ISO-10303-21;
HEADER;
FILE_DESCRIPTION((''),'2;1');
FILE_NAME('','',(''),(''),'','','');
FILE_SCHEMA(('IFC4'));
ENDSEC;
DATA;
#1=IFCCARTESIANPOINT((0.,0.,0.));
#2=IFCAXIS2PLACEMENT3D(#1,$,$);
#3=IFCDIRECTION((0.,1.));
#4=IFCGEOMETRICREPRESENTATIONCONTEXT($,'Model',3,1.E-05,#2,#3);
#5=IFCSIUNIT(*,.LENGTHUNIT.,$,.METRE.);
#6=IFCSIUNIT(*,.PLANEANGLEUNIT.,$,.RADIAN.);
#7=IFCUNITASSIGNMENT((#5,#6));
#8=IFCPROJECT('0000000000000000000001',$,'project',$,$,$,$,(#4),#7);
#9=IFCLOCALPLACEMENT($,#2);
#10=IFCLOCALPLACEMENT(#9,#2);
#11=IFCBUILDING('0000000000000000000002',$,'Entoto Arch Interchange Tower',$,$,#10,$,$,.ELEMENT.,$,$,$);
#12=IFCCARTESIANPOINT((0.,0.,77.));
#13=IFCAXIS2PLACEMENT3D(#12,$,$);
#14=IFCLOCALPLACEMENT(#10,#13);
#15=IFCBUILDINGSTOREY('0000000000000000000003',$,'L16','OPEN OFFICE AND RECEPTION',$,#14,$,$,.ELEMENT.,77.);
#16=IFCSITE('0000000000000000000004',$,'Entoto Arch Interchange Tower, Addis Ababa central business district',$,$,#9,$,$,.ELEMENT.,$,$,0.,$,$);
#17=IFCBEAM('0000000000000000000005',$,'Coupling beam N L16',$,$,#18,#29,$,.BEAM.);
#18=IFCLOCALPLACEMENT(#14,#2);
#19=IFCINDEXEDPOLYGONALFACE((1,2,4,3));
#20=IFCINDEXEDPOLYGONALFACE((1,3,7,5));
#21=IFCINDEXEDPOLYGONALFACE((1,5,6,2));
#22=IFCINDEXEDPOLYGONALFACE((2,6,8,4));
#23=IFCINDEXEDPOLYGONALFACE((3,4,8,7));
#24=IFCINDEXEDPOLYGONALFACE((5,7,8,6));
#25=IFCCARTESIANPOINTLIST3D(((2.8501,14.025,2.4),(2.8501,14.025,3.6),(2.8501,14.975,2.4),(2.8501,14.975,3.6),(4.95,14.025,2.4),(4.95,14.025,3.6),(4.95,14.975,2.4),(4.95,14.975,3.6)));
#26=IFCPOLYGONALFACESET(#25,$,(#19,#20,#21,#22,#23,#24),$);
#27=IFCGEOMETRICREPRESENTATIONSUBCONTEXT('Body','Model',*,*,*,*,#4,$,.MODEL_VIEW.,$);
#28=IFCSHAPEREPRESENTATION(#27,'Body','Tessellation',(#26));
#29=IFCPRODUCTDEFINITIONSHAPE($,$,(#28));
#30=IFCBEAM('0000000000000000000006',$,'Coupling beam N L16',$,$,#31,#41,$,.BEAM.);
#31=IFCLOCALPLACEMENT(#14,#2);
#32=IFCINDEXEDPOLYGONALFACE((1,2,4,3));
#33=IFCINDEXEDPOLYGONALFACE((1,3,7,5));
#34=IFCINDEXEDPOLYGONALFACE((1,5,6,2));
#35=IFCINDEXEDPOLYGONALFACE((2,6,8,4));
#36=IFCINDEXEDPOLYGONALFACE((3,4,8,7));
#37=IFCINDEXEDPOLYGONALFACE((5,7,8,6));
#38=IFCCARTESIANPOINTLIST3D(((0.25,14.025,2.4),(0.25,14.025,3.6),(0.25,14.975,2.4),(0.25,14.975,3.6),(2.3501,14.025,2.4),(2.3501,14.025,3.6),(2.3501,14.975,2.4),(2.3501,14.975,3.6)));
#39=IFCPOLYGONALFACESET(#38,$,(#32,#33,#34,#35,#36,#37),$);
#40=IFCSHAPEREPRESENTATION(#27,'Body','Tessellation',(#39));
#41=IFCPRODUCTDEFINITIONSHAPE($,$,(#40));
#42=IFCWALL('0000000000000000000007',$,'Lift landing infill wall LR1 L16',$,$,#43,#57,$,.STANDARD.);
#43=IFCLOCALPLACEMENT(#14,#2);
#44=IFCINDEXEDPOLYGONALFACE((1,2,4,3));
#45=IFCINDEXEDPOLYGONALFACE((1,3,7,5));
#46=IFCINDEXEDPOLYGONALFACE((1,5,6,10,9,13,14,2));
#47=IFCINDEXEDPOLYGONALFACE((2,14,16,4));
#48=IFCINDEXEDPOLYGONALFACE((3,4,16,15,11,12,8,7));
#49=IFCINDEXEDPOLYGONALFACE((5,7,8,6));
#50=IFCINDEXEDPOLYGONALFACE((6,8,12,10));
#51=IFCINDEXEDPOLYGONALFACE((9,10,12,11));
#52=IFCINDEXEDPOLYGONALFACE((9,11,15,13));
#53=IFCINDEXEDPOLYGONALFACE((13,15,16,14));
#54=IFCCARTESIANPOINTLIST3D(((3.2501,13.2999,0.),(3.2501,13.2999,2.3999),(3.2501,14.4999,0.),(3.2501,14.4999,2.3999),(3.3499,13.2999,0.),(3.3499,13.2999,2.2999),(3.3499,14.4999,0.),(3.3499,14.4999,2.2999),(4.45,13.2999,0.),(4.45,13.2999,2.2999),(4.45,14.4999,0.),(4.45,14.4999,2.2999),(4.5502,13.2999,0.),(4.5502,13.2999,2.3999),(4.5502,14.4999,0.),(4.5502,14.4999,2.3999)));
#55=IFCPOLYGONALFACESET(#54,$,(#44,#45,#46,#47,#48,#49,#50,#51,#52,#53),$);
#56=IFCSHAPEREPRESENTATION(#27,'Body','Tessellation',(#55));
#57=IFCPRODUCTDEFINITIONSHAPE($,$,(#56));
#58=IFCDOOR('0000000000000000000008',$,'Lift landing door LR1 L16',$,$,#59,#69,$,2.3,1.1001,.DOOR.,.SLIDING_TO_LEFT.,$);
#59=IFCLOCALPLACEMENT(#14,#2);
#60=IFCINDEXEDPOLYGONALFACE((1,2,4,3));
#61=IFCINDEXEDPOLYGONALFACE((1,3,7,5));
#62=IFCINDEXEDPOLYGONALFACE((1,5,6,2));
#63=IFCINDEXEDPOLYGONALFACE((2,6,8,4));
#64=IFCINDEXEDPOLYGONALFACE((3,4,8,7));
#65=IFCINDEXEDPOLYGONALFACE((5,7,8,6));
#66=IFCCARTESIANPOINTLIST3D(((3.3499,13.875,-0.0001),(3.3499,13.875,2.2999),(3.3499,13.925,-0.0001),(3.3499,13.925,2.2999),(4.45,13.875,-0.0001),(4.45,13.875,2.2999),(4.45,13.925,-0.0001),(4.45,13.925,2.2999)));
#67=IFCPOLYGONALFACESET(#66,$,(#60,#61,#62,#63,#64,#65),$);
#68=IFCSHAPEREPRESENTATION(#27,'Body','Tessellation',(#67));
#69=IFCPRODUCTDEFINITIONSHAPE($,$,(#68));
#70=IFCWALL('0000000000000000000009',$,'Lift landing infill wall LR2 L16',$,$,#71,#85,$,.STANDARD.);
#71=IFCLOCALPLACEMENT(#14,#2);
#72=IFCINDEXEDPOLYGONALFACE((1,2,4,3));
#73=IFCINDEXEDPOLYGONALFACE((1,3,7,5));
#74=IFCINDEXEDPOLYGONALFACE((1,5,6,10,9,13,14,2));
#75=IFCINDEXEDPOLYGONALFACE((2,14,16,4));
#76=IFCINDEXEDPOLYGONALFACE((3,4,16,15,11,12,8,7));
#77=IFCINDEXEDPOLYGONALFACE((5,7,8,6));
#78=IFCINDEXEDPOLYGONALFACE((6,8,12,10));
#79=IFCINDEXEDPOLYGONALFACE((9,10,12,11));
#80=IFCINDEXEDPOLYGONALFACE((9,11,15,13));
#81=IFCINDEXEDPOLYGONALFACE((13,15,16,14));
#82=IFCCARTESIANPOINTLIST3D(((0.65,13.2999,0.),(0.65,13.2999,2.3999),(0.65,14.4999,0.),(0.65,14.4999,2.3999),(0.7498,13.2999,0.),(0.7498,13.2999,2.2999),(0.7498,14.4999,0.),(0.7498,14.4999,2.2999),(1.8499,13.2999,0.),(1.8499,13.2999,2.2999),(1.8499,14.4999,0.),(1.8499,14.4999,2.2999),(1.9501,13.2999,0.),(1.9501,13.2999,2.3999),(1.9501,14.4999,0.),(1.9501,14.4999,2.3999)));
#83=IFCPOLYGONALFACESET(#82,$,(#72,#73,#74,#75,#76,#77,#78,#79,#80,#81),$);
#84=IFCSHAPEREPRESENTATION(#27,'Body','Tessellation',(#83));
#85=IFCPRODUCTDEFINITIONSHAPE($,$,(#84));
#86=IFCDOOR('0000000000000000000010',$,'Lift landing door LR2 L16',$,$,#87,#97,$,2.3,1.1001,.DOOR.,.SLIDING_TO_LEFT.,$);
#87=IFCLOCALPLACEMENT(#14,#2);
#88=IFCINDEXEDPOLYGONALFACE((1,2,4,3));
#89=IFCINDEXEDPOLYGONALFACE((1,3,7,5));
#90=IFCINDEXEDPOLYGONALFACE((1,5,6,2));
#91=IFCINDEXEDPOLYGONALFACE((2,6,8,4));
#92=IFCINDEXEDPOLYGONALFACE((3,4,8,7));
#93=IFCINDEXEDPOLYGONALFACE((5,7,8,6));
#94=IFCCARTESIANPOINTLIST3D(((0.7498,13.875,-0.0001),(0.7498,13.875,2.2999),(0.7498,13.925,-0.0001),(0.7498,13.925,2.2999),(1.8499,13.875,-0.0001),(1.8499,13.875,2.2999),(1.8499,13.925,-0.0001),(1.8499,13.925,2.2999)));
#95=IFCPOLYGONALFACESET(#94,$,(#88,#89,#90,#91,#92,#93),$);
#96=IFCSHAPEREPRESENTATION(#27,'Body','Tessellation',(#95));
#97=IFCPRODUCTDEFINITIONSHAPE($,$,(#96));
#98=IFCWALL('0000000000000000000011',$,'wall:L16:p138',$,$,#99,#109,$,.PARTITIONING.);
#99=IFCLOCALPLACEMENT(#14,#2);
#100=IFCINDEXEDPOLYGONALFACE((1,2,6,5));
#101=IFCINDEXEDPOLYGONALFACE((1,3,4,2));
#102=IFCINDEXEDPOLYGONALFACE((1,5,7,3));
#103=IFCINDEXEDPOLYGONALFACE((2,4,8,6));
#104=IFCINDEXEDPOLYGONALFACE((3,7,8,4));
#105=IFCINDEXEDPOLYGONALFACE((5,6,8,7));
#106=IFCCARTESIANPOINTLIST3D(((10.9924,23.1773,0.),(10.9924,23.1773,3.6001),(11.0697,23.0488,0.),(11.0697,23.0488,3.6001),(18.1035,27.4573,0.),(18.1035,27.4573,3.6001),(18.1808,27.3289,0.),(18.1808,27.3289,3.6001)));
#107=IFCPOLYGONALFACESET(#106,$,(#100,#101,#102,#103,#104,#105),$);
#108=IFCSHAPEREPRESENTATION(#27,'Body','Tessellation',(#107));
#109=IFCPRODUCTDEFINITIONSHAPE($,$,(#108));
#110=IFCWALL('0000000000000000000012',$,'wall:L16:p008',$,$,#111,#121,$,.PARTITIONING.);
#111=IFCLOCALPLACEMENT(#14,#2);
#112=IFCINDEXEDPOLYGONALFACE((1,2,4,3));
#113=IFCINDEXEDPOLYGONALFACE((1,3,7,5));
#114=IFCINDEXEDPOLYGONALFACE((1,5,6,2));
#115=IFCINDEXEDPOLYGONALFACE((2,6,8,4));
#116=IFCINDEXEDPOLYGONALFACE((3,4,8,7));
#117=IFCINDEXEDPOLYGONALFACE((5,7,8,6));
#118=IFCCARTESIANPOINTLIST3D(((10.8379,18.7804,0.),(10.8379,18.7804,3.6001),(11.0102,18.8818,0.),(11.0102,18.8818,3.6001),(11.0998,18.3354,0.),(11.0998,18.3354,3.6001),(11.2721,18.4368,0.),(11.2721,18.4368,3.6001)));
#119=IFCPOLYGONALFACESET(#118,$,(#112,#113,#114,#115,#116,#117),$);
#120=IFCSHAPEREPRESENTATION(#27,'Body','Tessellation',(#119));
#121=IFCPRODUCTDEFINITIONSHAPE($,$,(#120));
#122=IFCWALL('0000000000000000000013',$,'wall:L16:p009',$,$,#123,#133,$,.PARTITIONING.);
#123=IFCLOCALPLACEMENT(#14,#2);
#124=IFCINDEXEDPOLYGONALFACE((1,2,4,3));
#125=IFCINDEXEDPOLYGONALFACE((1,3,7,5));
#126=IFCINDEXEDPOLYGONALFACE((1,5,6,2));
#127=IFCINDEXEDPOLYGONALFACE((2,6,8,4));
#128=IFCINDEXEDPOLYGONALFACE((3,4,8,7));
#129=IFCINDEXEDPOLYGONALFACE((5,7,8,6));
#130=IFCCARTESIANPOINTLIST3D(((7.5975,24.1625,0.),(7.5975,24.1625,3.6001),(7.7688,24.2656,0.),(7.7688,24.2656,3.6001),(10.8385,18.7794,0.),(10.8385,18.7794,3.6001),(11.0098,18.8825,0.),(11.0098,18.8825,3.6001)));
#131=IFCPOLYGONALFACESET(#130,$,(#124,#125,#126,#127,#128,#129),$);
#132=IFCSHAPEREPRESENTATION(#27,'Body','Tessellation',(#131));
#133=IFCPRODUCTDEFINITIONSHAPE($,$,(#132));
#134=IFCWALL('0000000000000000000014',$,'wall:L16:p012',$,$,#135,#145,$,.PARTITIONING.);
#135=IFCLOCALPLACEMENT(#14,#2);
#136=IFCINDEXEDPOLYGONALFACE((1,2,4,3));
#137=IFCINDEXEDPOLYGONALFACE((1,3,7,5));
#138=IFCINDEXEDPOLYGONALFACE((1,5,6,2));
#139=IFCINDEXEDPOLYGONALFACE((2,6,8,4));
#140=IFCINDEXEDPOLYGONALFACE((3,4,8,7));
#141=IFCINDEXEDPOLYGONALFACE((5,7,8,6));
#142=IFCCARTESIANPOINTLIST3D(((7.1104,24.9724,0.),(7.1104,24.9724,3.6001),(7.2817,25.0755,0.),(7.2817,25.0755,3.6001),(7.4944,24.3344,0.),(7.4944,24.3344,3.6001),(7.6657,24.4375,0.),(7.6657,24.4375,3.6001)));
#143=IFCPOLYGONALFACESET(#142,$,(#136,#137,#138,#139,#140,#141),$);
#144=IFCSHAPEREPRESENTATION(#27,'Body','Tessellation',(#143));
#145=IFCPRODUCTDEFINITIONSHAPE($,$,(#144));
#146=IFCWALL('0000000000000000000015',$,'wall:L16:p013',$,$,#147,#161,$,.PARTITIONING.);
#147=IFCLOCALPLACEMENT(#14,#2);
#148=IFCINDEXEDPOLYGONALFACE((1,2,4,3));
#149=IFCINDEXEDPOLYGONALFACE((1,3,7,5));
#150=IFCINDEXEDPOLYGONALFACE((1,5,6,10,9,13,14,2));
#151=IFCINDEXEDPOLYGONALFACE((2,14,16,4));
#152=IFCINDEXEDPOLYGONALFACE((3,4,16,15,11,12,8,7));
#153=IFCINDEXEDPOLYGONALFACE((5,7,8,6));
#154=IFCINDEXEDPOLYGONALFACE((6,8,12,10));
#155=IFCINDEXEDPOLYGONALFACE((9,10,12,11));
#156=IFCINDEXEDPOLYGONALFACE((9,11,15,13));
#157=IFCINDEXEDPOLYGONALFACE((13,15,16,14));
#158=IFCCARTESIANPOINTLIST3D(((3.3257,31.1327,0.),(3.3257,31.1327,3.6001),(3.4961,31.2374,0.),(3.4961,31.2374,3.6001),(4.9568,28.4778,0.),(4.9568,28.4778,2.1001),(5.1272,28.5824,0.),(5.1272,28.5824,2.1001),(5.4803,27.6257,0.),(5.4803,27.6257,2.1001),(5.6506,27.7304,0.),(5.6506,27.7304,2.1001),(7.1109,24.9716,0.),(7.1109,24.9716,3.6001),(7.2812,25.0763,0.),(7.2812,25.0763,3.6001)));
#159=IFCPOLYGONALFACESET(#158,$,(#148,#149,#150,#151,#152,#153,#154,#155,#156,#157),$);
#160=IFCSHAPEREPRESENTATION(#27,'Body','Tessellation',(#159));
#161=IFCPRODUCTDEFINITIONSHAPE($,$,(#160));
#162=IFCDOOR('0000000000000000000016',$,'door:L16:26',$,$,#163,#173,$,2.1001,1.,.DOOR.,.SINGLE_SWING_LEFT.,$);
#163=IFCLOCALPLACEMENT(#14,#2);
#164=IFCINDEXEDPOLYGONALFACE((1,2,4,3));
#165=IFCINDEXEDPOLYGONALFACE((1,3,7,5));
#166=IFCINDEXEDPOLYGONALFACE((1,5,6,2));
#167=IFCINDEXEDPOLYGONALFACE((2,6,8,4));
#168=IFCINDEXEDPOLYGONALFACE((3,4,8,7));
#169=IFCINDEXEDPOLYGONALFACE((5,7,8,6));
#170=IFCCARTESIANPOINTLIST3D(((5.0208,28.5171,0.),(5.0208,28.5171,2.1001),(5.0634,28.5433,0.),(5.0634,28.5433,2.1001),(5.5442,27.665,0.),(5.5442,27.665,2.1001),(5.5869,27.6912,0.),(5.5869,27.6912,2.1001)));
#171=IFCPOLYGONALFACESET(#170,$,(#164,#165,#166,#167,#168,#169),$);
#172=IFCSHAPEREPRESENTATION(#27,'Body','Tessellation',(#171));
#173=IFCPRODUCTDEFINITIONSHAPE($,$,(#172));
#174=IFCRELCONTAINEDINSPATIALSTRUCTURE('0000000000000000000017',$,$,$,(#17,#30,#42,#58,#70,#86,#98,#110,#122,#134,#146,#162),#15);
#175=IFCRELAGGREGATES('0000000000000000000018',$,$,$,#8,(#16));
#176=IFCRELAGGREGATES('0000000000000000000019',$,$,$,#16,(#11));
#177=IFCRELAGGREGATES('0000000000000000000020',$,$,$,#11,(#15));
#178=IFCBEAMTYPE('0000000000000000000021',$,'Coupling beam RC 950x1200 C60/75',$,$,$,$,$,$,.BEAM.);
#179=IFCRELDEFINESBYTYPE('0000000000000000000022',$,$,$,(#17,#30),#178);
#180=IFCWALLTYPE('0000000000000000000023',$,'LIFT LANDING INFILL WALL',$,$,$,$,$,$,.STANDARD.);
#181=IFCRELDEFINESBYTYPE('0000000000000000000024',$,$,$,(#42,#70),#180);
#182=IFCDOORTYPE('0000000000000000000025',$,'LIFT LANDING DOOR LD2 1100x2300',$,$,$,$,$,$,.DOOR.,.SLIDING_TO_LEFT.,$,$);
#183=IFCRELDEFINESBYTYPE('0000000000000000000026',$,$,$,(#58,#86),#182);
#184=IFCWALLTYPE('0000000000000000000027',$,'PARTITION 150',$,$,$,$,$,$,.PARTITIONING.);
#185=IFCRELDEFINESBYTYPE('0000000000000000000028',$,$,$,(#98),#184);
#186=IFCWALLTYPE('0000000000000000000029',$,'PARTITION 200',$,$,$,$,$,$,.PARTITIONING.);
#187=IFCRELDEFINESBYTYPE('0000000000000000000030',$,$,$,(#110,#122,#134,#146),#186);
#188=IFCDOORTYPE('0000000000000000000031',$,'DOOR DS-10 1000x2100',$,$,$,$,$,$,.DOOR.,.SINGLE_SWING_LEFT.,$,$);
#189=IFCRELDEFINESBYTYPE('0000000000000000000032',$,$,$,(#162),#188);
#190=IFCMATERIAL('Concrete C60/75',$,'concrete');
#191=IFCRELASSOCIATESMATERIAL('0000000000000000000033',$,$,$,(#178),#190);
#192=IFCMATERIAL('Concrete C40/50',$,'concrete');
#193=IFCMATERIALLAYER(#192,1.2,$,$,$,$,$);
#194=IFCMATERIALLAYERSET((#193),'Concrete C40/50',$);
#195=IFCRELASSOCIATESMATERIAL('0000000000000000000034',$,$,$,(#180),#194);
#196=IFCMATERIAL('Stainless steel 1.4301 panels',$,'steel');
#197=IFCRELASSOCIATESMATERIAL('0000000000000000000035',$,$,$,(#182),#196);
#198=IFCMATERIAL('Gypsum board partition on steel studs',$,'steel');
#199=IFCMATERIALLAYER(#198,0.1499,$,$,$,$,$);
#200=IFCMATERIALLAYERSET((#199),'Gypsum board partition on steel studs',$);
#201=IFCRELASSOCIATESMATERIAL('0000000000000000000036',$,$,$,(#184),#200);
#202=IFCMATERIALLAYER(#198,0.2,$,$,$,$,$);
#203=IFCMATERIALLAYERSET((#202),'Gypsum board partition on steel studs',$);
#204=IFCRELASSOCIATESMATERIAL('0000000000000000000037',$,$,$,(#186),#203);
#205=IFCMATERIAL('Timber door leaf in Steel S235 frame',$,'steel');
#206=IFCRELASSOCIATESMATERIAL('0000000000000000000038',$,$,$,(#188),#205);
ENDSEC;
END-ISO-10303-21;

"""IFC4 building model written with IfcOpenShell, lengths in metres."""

from ifc_helpers import new_model, si_unit, direction, frame, frame_2d, origin, origin_2d, place, context, subcontext, project, spatial, rectangle, extrude, material, layer, layer_set, material_profile, profile_set, type_object, element, fill, save


model = new_model("IFC4")

# Units and contexts
model_context = context("Model", 3, precision=1e-05, world=origin(), true_north=direction((0.0, 1.0)))
body_context = subcontext(model_context, "Body", "Model", "MODEL_VIEW")
ifc_project = project(units=[si_unit("LENGTHUNIT", "METRE"), si_unit("PLANEANGLEUNIT", "RADIAN")], contexts=[model_context])

# Site, building, storey
site_placement = place(None, origin())
site = spatial("IfcSite", under=ifc_project, at=site_placement, Name="Entoto Arch Interchange Tower, Addis Ababa central business district", CompositionType="ELEMENT", RefElevation=0.0)
building_placement = place(site_placement, origin())
building = spatial("IfcBuilding", under=site, at=building_placement, Name="Entoto Arch Interchange Tower", CompositionType="ELEMENT")
storey_placement = place(building_placement, frame((0.0, 0.0, 77.0)))
storey = spatial("IfcBuildingStorey", under=building, at=storey_placement, Name="L16", Description="OPEN OFFICE AND RECEPTION", CompositionType="ELEMENT", Elevation=77.0)

# Beams
ifc_material_1 = material(Name="Concrete C60/75", Category="concrete")
ifc_material_profile = material_profile(ifc_material_1, rectangle(XDim=0.95, YDim=1.2, at=origin_2d()))
ifc_profile_set = profile_set([ifc_material_profile], Name="Concrete C60/75")
beam_type = type_object("IfcBeamType", Name="Coupling beam RC 950x1200 C60/75", PredefinedType="BEAM", material=ifc_profile_set)
beam_1_placement = place(storey_placement, frame((4.95, 14.5, 3.0), z_axis=(-1.0, 0.0, 0.0), x_axis=(0.0, -1.0, 0.0)))
element("IfcBeam", 1, at=beam_1_placement, inside=storey, type_object=beam_type, Name="Coupling beam N L16", PredefinedType="BEAM", context=body_context, shape_type="SweptSolid", body=[
    extrude(rectangle(XDim=0.95, YDim=1.2, at=origin_2d()), origin(), (0.0, 0.0, 1.0), 2.0999),
])
beam_2_placement = place(storey_placement, frame((2.3501, 14.5, 3.0), z_axis=(-1.0, 0.0, 0.0), x_axis=(0.0, -1.0, 0.0)))
element("IfcBeam", 2, at=beam_2_placement, inside=storey, type_object=beam_type, Name="Coupling beam N L16", PredefinedType="BEAM", context=body_context, shape_type="SweptSolid", body=[
    extrude(rectangle(XDim=0.95, YDim=1.2, at=origin_2d()), origin(), (0.0, 0.0, 1.0), 2.1001),
])

# Walls, openings, doors
ifc_material_2 = material(Name="Concrete C40/50", Category="concrete")
ifc_layer_1 = layer(ifc_material_2, 1.2)
ifc_layer_set_1 = layer_set([ifc_layer_1], Name="Concrete C40/50")
wall_type_1 = type_object("IfcWallType", Name="LIFT LANDING INFILL WALL", PredefinedType="STANDARD", material=ifc_layer_set_1)
wall_1_placement = place(storey_placement, frame((4.55, 13.8999, 0.0), z_axis=(0.0, 0.0, 1.0), x_axis=(-1.0, 0.0, 0.0)))
wall_1 = element("IfcWall", 3, at=wall_1_placement, inside=storey, type_object=wall_type_1, Name="Lift landing infill wall LR1 L16", PredefinedType="STANDARD", context=body_context, shape_type="SweptSolid", body=[
    extrude(rectangle(XDim=1.3, YDim=1.2, at=frame_2d((0.6499, 0.0))), origin(), (0.0, 0.0, 1.0), 2.3999),
])
opening_1_placement = place(wall_1_placement, frame((0.1001, 0.0, 0.0)))
opening_1 = element("IfcOpeningElement", 4, at=opening_1_placement, cuts=wall_1, PredefinedType="OPENING", context=body_context, shape_type="SweptSolid", body=[
    extrude(rectangle(XDim=1.1001, YDim=2.3, at=frame_2d((0.55, 1.1499))), frame((0.0, 0.6099, 0.0), z_axis=(0.0, -1.0, 0.0), x_axis=(1.0, 0.0, 0.0)), (0.0, 0.0, 1.0), 1.22),
])
ifc_material_3 = material(Name="Stainless steel 1.4301 panels", Category="steel")
door_type_1 = type_object("IfcDoorType", Name="LIFT LANDING DOOR LD2 1100x2300", OperationType="SLIDING_TO_LEFT", PredefinedType="DOOR", material=ifc_material_3)
door_1_placement = place(opening_1_placement, origin())
door_1 = element("IfcDoor", 5, at=door_1_placement, inside=storey, type_object=door_type_1, Name="Lift landing door LR1 L16", OperationType="SLIDING_TO_LEFT", OverallHeight=2.3, OverallWidth=1.1001, PredefinedType="DOOR", context=body_context, shape_type="SweptSolid", body=[
    extrude(rectangle(XDim=1.1001, YDim=2.3, at=frame_2d((0.55, 1.1499))), frame((0.0, 0.0249, 0.0), z_axis=(0.0, -1.0, 0.0), x_axis=(1.0, 0.0, 0.0)), (0.0, 0.0, 1.0), 0.05),
])
fill(opening_1, door_1)
wall_2_placement = place(storey_placement, frame((1.95, 13.8999, 0.0), z_axis=(0.0, 0.0, 1.0), x_axis=(-1.0, 0.0, 0.0)))
wall_2 = element("IfcWall", 6, at=wall_2_placement, inside=storey, type_object=wall_type_1, Name="Lift landing infill wall LR2 L16", PredefinedType="STANDARD", context=body_context, shape_type="SweptSolid", body=[
    extrude(rectangle(XDim=1.3, YDim=1.2, at=frame_2d((0.6499, 0.0))), origin(), (0.0, 0.0, 1.0), 2.3999),
])
opening_2_placement = place(wall_2_placement, frame((0.1001, 0.0, 0.0)))
opening_2 = element("IfcOpeningElement", 7, at=opening_2_placement, cuts=wall_2, PredefinedType="OPENING", context=body_context, shape_type="SweptSolid", body=[
    extrude(rectangle(XDim=1.1001, YDim=2.3, at=frame_2d((0.55, 1.1499))), frame((0.0, 0.6099, 0.0), z_axis=(0.0, -1.0, 0.0), x_axis=(1.0, 0.0, 0.0)), (0.0, 0.0, 1.0), 1.22),
])
door_2_placement = place(opening_2_placement, origin())
door_2 = element("IfcDoor", 8, at=door_2_placement, inside=storey, type_object=door_type_1, Name="Lift landing door LR2 L16", OperationType="SLIDING_TO_LEFT", OverallHeight=2.3, OverallWidth=1.1001, PredefinedType="DOOR", context=body_context, shape_type="SweptSolid", body=[
    extrude(rectangle(XDim=1.1001, YDim=2.3, at=frame_2d((0.55, 1.1499))), frame((0.0, 0.0249, 0.0), z_axis=(0.0, -1.0, 0.0), x_axis=(1.0, 0.0, 0.0)), (0.0, 0.0, 1.0), 0.05),
])
fill(opening_2, door_2)

# Walls
ifc_material_4 = material(Name="Gypsum board partition on steel studs", Category="steel")
ifc_layer_2 = layer(ifc_material_4, 0.1499)
ifc_layer_set_2 = layer_set([ifc_layer_2], Name="Gypsum board partition on steel studs")
wall_type_2 = type_object("IfcWallType", Name="PARTITION 150", PredefinedType="PARTITIONING", material=ifc_layer_set_2)
wall_3_placement = place(storey_placement, frame((11.031, 23.113, 0.0), z_axis=(0.0, 0.0, 1.0), x_axis=(0.856781, 0.515681, 0.0)))
element("IfcWall", 9, at=wall_3_placement, inside=storey, type_object=wall_type_2, Name="wall:L16:p138", PredefinedType="PARTITIONING", context=body_context, shape_type="SweptSolid", body=[
    extrude(rectangle(XDim=8.2998, YDim=0.1499, at=frame_2d((4.1499, 0.0))), origin(), (0.0, 0.0, 1.0), 3.6001),
])
ifc_layer_3 = layer(ifc_material_4, 0.2)
ifc_layer_set_3 = layer_set([ifc_layer_3], Name="Gypsum board partition on steel studs")
wall_type_3 = type_object("IfcWallType", Name="PARTITION 200", PredefinedType="PARTITIONING", material=ifc_layer_set_3)
wall_4_placement = place(storey_placement, frame((11.186, 18.386, 0.0), z_axis=(0.0, 0.0, 1.0), x_axis=(-0.507247, 0.861801, 0.0)))
element("IfcWall", 10, at=wall_4_placement, inside=storey, type_object=wall_type_3, Name="wall:L16:p008", PredefinedType="PARTITIONING", context=body_context, shape_type="SweptSolid", body=[
    extrude(rectangle(XDim=0.5164, YDim=0.2, at=frame_2d((0.2583, 0.0))), origin(), (0.0, 0.0, 1.0), 3.6001),
])
wall_5_placement = place(storey_placement, frame((10.9241, 18.8311, 0.0), z_axis=(0.0, 0.0, 1.0), x_axis=(-0.515798, 0.85671, 0.0)))
element("IfcWall", 11, at=wall_5_placement, inside=storey, type_object=wall_type_3, Name="wall:L16:p009", PredefinedType="PARTITIONING", context=body_context, shape_type="SweptSolid", body=[
    extrude(rectangle(XDim=6.2834, YDim=0.2, at=frame_2d((3.1416, 0.0))), origin(), (0.0, 0.0, 1.0), 3.6001),
])
wall_6_placement = place(storey_placement, frame((7.5801, 24.386, 0.0), z_axis=(0.0, 0.0, 1.0), x_axis=(-0.515749, 0.85674, 0.0)))
element("IfcWall", 12, at=wall_6_placement, inside=storey, type_object=wall_type_3, Name="wall:L16:p012", PredefinedType="PARTITIONING", context=body_context, shape_type="SweptSolid", body=[
    extrude(rectangle(XDim=0.7446, YDim=0.2, at=frame_2d((0.3723, 0.0))), origin(), (0.0, 0.0, 1.0), 3.6001),
])

# Wall, opening, door
wall_7_placement = place(storey_placement, frame((7.196, 25.0239, 0.0), z_axis=(0.0, 0.0, 1.0), x_axis=(-0.523464, 0.852048, 0.0)))
wall_7 = element("IfcWall", 13, at=wall_7_placement, inside=storey, type_object=wall_type_3, Name="wall:L16:p013", PredefinedType="PARTITIONING", context=body_context, shape_type="SweptSolid", body=[
    extrude(rectangle(XDim=7.231, YDim=0.2, at=frame_2d((3.6155, 0.0))), origin(), (0.0, 0.0, 1.0), 3.6001),
])
opening_3_placement = place(wall_7_placement, frame((3.115, 0.0, 0.0)))
opening_3 = element("IfcOpeningElement", 14, at=opening_3_placement, cuts=wall_7, PredefinedType="OPENING", context=body_context, shape_type="SweptSolid", body=[
    extrude(rectangle(XDim=1.0, YDim=2.1001, at=frame_2d((0.5, 1.05))), frame((0.0, 0.1099, 0.0), z_axis=(0.0, -1.0, 0.0), x_axis=(1.0, 0.0, 0.0)), (0.0, 0.0, 1.0), 0.22),
])
ifc_material_5 = material(Name="Timber door leaf in Steel S235 frame", Category="steel")
door_type_2 = type_object("IfcDoorType", Name="DOOR DS-10 1000x2100", OperationType="SINGLE_SWING_LEFT", PredefinedType="DOOR", material=ifc_material_5)
door_3_placement = place(opening_3_placement, origin())
door_3 = element("IfcDoor", 15, at=door_3_placement, inside=storey, type_object=door_type_2, Name="door:L16:26", OperationType="SINGLE_SWING_LEFT", OverallHeight=2.1001, OverallWidth=1.0, PredefinedType="DOOR", context=body_context, shape_type="SweptSolid", body=[
    extrude(rectangle(XDim=1.0, YDim=2.1001, at=frame_2d((0.5, 1.05))), frame((0.0, 0.0249, 0.0), z_axis=(0.0, -1.0, 0.0), x_axis=(1.0, 0.0, 0.0)), (0.0, 0.0, 1.0), 0.05),
])
fill(opening_3, door_3)

save(model, "model.ifc")
